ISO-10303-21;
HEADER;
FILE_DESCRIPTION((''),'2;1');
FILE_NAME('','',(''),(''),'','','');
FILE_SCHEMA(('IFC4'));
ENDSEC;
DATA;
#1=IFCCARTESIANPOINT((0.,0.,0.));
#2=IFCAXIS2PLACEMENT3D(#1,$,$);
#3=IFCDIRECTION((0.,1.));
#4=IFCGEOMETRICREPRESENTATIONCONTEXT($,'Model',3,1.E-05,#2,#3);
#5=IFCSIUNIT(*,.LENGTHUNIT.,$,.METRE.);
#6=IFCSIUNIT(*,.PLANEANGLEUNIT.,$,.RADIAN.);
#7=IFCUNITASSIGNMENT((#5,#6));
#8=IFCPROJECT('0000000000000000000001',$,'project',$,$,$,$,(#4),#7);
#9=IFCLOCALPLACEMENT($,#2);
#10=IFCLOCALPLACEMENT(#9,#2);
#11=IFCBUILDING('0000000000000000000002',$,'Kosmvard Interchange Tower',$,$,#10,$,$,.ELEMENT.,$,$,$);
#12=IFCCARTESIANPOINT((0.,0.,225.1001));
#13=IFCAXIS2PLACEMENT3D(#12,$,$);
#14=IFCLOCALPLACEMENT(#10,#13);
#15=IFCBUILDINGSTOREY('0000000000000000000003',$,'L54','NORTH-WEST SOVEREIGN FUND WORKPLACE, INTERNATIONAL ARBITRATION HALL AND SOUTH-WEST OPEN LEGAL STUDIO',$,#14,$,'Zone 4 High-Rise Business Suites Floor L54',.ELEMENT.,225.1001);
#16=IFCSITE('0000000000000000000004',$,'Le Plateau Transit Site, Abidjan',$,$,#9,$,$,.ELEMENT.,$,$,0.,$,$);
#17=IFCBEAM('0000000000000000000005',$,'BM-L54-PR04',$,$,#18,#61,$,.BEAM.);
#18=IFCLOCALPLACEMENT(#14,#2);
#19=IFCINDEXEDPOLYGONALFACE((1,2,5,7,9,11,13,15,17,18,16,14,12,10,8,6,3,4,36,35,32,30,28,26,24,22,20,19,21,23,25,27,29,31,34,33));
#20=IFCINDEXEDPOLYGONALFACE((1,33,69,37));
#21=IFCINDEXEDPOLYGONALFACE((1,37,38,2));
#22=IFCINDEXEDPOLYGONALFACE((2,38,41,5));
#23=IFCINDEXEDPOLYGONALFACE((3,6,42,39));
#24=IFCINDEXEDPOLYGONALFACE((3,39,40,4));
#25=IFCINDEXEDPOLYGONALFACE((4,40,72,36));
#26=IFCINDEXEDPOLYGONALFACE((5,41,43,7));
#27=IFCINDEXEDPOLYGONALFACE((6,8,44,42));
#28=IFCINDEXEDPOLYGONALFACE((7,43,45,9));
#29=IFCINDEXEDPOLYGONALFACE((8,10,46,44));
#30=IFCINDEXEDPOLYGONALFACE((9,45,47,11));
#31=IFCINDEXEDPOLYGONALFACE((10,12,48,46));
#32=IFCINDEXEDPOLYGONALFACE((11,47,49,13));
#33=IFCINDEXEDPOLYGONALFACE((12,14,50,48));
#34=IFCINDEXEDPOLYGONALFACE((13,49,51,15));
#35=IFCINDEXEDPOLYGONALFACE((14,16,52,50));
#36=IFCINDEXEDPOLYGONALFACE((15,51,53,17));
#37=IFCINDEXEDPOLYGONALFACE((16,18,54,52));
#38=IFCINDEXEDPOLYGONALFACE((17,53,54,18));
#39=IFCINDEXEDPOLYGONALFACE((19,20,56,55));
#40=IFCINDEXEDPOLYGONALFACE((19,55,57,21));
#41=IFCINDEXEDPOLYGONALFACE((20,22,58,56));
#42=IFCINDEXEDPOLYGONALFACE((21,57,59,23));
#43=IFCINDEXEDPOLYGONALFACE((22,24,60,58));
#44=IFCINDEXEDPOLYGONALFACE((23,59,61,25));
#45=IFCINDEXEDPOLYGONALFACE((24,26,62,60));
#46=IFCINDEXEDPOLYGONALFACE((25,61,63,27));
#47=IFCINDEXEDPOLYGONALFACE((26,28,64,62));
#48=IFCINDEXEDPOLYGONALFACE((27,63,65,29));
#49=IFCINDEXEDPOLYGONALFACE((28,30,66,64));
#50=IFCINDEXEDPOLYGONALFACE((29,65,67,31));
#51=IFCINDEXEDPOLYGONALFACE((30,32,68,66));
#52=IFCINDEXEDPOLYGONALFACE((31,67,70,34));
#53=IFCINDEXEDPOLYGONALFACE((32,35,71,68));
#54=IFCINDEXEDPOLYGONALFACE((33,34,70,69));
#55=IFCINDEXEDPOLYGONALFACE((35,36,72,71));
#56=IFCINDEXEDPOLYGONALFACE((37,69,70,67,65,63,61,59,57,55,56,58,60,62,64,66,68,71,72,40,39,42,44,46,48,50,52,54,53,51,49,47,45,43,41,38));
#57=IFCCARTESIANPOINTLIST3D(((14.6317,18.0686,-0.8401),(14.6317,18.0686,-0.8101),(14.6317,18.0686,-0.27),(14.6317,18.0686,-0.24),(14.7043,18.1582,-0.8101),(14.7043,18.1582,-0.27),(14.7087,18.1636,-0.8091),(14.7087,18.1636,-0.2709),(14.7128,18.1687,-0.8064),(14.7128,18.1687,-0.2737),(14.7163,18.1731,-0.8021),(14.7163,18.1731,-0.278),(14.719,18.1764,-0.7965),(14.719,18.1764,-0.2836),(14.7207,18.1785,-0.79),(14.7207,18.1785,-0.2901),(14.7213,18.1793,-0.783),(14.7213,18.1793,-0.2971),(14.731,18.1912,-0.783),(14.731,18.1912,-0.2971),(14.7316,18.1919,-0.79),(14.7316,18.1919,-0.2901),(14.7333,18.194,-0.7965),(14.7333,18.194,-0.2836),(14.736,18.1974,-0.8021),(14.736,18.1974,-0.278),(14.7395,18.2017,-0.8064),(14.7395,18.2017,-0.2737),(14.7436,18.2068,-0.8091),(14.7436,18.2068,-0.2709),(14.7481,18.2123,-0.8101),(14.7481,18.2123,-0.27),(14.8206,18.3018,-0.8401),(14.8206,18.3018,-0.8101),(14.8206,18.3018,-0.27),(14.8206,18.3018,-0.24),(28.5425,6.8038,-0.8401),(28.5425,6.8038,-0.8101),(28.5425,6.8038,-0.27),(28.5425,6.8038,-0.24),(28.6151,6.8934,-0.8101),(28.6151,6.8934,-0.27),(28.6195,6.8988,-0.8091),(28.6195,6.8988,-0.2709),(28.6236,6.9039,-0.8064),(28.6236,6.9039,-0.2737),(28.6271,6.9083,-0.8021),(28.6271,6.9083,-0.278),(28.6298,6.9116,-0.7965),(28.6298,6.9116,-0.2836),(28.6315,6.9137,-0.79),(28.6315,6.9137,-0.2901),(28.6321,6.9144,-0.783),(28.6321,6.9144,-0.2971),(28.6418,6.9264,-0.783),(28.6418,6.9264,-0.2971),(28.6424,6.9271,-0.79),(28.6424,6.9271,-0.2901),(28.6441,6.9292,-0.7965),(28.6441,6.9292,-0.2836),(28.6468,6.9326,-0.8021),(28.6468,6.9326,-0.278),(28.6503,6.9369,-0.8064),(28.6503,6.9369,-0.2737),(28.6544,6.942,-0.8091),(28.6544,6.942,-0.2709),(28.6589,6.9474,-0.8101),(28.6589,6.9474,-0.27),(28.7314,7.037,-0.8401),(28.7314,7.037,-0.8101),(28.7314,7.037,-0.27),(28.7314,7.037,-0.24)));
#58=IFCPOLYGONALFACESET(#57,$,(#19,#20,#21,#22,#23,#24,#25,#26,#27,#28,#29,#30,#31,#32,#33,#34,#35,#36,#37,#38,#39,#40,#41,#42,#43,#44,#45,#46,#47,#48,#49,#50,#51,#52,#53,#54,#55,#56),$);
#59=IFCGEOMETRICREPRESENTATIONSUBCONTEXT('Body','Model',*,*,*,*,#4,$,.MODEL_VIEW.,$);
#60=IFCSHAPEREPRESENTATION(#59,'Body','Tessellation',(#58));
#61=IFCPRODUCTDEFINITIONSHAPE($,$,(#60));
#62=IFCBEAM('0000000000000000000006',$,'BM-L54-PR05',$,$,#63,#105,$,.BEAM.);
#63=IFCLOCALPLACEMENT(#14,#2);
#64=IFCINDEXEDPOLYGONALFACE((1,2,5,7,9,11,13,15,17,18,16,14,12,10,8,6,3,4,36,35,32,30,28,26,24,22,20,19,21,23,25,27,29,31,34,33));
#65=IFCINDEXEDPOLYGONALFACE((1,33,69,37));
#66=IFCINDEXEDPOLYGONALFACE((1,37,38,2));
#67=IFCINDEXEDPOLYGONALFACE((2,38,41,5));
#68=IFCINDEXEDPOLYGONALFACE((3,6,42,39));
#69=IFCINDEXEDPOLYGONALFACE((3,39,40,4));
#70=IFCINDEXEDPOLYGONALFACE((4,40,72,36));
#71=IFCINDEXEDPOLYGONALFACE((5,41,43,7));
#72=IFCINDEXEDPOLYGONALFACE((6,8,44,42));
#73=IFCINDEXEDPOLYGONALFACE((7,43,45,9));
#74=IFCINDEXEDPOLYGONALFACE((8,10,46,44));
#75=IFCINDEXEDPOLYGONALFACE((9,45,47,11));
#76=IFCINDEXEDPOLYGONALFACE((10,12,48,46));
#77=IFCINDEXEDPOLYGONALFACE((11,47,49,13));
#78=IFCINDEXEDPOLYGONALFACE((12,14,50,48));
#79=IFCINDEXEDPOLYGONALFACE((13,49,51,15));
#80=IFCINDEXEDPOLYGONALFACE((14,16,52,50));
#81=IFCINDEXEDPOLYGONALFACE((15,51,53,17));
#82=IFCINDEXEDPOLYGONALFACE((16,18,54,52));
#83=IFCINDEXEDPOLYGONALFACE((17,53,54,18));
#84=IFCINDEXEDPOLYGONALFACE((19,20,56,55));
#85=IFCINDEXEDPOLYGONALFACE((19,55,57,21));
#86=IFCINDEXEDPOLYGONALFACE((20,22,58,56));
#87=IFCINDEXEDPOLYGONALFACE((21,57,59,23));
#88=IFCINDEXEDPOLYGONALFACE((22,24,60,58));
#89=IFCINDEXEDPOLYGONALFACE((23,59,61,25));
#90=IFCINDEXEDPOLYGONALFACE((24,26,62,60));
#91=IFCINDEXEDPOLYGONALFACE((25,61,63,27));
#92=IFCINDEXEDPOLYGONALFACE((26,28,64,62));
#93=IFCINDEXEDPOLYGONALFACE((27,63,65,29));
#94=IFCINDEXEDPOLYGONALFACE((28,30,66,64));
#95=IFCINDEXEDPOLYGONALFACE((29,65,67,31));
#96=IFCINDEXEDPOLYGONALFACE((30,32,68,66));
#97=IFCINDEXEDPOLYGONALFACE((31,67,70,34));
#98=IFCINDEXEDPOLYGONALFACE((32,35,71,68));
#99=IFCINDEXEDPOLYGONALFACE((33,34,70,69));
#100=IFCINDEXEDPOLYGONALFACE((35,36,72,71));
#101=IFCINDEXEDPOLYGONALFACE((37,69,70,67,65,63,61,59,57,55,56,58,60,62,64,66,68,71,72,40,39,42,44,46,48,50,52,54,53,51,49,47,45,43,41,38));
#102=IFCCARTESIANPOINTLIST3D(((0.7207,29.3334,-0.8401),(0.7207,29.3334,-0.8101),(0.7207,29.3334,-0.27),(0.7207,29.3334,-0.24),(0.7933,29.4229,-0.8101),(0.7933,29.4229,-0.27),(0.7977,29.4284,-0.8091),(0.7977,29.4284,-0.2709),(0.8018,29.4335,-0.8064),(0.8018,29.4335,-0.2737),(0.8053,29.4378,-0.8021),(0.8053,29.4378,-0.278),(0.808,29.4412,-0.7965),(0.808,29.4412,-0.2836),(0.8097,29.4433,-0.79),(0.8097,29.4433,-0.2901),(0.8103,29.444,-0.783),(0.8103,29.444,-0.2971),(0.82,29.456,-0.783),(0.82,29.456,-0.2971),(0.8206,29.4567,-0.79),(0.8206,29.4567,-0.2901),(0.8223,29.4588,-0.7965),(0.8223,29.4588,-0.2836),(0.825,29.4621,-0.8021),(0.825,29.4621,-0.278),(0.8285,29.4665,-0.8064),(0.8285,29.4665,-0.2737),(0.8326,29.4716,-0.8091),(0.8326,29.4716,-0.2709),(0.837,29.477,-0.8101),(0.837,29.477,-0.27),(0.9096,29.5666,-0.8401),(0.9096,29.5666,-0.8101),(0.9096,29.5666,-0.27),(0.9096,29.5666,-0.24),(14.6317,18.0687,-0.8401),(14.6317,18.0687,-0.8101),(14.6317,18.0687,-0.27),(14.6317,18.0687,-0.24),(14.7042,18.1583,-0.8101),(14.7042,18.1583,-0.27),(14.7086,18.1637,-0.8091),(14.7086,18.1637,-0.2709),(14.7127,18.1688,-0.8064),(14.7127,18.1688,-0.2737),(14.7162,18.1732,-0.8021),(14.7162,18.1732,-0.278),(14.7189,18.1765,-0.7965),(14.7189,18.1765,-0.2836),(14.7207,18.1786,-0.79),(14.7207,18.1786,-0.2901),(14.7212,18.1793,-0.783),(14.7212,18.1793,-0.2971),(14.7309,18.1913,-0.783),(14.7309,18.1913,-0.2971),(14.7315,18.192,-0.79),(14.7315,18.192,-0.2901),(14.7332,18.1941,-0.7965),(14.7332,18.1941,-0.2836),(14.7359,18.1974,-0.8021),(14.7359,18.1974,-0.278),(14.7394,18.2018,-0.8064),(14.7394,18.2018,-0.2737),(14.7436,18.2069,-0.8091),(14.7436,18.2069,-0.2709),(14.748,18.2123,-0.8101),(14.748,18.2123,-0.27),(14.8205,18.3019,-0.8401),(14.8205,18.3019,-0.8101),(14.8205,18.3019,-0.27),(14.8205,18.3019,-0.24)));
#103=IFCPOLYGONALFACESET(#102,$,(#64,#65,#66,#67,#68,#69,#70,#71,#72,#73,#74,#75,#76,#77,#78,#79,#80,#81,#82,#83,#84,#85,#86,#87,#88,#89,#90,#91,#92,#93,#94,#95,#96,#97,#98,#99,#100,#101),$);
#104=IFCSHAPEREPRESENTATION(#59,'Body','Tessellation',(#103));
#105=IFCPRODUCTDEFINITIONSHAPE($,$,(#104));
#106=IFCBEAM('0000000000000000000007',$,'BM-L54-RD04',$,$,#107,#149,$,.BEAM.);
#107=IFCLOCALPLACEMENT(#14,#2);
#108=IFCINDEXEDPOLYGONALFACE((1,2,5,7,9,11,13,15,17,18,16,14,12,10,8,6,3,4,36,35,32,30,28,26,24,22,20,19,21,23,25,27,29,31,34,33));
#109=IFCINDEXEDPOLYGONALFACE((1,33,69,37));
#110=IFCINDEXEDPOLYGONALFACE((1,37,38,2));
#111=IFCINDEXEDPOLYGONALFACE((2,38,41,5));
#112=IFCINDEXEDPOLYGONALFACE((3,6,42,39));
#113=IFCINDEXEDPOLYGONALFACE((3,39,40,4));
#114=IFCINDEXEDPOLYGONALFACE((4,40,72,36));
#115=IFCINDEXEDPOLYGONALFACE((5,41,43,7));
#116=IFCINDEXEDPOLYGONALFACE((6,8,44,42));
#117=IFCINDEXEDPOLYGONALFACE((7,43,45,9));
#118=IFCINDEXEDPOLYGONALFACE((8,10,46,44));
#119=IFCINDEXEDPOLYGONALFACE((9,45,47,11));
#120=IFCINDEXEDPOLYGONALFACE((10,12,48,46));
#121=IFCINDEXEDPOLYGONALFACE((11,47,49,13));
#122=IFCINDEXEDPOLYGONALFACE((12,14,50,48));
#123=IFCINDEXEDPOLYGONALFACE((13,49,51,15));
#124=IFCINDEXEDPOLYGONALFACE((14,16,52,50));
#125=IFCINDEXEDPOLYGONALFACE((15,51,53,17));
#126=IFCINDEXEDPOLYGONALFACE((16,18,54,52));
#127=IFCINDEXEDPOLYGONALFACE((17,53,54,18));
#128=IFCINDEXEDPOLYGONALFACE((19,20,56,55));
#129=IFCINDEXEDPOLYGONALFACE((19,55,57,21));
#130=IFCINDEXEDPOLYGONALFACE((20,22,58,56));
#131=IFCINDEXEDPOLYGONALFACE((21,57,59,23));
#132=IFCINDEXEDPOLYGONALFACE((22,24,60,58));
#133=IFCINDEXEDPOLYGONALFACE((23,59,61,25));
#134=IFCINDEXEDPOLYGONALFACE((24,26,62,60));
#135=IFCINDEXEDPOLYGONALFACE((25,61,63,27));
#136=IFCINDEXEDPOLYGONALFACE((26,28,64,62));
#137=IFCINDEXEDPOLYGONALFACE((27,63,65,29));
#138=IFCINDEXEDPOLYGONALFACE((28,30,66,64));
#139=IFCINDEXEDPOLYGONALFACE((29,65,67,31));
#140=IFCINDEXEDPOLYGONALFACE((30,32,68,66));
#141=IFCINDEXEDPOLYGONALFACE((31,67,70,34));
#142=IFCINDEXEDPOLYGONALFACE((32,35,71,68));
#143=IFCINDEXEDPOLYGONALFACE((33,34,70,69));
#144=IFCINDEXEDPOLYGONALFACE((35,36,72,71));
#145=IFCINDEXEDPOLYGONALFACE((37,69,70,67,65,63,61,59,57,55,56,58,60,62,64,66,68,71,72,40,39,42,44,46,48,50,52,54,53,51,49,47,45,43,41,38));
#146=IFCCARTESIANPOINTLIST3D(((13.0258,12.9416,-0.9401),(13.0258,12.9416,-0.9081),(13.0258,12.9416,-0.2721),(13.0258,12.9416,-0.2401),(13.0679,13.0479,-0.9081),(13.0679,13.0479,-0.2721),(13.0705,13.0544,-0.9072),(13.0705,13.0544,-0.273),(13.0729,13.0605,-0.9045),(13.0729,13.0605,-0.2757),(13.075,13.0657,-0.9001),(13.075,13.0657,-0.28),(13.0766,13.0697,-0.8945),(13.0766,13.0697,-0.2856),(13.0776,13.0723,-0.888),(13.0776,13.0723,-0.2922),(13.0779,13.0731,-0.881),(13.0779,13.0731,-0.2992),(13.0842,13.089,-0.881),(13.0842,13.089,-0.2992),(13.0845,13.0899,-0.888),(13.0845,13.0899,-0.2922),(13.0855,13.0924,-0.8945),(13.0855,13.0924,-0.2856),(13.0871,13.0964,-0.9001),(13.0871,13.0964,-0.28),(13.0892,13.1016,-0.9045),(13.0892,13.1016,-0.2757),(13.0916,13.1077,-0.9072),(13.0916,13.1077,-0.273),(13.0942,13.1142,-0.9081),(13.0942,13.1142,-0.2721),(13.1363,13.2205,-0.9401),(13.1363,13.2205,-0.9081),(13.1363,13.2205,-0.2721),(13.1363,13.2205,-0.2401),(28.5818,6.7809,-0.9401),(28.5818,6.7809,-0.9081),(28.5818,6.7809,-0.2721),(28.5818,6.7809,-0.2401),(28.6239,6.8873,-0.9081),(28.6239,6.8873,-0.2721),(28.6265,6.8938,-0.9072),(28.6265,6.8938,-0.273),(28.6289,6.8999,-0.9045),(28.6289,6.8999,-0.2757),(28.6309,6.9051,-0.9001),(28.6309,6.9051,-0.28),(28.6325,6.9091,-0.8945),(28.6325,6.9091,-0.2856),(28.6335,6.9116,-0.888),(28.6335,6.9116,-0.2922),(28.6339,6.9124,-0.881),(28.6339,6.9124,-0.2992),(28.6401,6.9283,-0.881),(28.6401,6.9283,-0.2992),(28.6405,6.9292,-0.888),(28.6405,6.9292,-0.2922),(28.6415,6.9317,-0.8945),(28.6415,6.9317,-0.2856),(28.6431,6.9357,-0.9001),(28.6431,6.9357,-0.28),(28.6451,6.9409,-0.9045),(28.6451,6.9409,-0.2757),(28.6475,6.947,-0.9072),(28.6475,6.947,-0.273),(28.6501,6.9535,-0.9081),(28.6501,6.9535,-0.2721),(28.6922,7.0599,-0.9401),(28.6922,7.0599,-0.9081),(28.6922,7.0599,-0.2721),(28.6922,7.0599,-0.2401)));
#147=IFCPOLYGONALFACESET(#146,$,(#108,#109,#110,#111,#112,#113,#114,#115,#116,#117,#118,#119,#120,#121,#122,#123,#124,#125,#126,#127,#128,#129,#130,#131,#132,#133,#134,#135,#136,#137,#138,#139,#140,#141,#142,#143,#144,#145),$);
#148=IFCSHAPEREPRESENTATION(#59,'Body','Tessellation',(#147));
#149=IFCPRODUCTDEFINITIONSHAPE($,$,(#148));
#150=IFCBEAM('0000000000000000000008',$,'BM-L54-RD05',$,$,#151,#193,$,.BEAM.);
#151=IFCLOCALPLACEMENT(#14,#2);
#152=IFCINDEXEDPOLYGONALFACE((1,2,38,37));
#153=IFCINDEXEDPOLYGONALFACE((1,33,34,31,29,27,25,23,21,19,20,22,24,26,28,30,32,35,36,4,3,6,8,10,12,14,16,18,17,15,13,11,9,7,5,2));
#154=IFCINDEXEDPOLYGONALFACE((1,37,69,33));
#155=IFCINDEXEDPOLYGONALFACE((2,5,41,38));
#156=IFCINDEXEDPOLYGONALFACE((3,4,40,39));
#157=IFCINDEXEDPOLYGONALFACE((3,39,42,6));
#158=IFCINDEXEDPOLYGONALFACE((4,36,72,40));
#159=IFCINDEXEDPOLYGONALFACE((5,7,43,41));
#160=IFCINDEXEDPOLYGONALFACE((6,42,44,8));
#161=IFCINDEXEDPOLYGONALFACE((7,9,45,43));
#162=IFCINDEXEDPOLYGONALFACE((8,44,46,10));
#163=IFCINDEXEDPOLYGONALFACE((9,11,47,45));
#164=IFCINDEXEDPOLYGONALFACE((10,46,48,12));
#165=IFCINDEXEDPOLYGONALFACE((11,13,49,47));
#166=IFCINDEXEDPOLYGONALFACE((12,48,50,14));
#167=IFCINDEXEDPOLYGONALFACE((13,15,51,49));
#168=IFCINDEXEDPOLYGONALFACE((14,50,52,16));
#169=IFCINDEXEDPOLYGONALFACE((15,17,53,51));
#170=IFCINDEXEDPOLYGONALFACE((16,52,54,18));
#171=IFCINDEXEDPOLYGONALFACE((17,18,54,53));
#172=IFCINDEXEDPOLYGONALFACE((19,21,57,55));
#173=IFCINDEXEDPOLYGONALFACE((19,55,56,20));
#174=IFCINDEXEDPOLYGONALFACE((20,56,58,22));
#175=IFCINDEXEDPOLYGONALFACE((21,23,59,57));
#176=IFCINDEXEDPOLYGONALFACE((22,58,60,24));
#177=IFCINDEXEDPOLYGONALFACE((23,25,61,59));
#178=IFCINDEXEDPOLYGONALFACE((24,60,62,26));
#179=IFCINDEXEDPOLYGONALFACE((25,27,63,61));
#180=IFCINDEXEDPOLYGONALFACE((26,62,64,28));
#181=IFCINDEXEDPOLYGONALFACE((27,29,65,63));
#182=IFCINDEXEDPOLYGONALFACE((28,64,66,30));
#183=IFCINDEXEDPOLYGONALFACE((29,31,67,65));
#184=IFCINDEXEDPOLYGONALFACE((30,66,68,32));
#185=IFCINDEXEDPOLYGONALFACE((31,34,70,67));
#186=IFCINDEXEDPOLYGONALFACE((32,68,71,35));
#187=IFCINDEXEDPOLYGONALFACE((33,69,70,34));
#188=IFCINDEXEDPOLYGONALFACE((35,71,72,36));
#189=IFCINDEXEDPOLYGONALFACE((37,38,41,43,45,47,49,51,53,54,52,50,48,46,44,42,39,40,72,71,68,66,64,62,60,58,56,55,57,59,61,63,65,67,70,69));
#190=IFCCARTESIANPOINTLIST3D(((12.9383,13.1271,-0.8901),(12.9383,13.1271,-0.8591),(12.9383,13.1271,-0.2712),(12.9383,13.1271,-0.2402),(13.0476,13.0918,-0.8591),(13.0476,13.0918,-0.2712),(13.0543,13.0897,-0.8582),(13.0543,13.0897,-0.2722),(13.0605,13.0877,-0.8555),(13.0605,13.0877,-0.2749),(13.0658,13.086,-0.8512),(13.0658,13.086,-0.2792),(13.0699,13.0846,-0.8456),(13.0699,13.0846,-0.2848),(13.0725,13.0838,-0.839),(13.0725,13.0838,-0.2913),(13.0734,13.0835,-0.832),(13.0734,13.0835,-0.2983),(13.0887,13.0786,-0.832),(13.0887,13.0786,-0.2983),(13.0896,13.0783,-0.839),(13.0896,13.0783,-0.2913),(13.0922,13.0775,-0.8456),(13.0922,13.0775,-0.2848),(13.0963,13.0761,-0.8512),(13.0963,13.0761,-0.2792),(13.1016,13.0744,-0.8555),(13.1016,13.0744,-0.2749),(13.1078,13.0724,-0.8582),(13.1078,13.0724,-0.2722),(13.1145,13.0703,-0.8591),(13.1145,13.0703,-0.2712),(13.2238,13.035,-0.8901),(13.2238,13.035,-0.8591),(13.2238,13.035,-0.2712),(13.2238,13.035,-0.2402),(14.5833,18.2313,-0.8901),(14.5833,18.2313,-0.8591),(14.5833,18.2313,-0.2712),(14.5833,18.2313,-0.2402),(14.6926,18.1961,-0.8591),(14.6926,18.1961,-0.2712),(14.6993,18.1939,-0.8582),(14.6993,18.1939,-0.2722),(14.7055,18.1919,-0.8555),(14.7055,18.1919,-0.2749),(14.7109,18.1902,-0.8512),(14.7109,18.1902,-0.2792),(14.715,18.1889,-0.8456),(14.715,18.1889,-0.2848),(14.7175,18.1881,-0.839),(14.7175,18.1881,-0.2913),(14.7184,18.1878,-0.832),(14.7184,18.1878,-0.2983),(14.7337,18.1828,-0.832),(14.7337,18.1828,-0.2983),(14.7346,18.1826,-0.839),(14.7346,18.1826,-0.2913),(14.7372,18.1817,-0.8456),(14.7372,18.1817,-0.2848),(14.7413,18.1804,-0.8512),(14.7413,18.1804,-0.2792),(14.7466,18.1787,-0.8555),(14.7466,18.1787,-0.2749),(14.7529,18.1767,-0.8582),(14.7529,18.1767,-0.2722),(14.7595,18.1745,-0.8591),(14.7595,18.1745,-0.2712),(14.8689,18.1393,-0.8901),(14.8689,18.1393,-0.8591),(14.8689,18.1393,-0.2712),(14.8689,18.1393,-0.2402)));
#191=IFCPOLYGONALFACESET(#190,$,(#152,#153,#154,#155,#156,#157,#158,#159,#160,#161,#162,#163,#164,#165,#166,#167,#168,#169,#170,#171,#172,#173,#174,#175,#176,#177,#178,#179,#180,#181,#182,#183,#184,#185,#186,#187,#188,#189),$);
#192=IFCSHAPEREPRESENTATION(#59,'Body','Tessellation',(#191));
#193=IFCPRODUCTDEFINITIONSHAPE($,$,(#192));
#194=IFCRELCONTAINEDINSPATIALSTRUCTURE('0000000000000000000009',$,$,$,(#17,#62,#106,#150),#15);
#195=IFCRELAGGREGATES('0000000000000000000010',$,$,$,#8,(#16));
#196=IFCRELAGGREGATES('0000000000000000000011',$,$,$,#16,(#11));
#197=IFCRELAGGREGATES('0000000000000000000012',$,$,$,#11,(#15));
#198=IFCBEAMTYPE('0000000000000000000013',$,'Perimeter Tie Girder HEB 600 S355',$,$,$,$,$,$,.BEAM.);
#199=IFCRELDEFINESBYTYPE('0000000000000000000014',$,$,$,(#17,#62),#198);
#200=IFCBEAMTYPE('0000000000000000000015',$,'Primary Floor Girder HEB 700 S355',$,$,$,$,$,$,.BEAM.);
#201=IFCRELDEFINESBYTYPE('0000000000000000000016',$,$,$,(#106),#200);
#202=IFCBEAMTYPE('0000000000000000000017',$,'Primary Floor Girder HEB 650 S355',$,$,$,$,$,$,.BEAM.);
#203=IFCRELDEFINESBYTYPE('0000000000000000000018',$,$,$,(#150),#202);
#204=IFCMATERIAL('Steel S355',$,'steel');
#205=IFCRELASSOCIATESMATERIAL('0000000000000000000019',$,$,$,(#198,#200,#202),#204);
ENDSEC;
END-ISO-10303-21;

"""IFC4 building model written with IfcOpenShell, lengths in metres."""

from ifc_helpers import new_model, si_unit, direction, frame, origin, origin_2d, place, context, subcontext, project, spatial, i_section, extrude, source, transform, mapped, material, material_profile, profile_set, type_object, element, save


model = new_model("IFC4")

# Units and contexts
model_context = context("Model", 3, precision=1e-05, world=origin(), true_north=direction((0.0, 1.0)))
body_context = subcontext(model_context, "Body", "Model", "MODEL_VIEW")
ifc_project = project(units=[si_unit("LENGTHUNIT", "METRE"), si_unit("PLANEANGLEUNIT", "RADIAN")], contexts=[model_context])

# Site, building, storey
site_placement = place(None, origin())
site = spatial("IfcSite", under=ifc_project, at=site_placement, Name="Le Plateau Transit Site, Abidjan", CompositionType="ELEMENT", RefElevation=0.0)
building_placement = place(site_placement, origin())
building = spatial("IfcBuilding", under=site, at=building_placement, Name="Kosmvard Interchange Tower", CompositionType="ELEMENT")
storey_placement = place(building_placement, frame((0.0, 0.0, 225.1001)))
storey = spatial("IfcBuildingStorey", under=building, at=storey_placement, Name="L54", Description="NORTH-WEST SOVEREIGN FUND WORKPLACE, INTERNATIONAL ARBITRATION HALL AND SOUTH-WEST OPEN LEGAL STUDIO", LongName="Zone 4 High-Rise Business Suites Floor L54", CompositionType="ELEMENT", Elevation=225.1001)

# Beams
ifc_material_1 = material(Name="Steel S355", Category="steel")
ifc_material_profile_1 = material_profile(ifc_material_1, i_section(OverallWidth=0.3, OverallDepth=0.6001, WebThickness=0.0154, FlangeThickness=0.03, FilletRadius=0.0271, at=origin_2d()), Name="HEB 600")
ifc_profile_set_1 = profile_set([ifc_material_profile_1], Name="Steel S355")
beam_type_1 = type_object("IfcBeamType", Name="Perimeter Tie Girder HEB 600 S355", PredefinedType="BEAM", material=ifc_profile_set_1)
shared_shape_1 = source(origin(), body_context, "Body", "SweptSolid", [
    extrude(i_section(OverallWidth=0.3, OverallDepth=0.6001, WebThickness=0.0154, FlangeThickness=0.03, FilletRadius=0.0271, at=origin_2d()), origin(), (0.0, 0.0, 1.0), 17.8999),
])
for number, where, z_axis, x_axis, name in (
    (1, (28.637, 6.9204, -0.54), (-0.777144, 0.629323, 0.0), (-0.629323, -0.777144, 0.0), "BM-L54-PR04"),
    (2, (14.7261, 18.1853, -0.54), (-0.777151, 0.629315, 0.0), (-0.629315, -0.777151, 0.0), "BM-L54-PR05"),
):
    element("IfcBeam", number, at=place(storey_placement, frame(where, z_axis=z_axis, x_axis=x_axis)), inside=storey, type_object=beam_type_1, Name=name, PredefinedType="BEAM", context=body_context, shape_type="MappedRepresentation", body=[
        mapped(shared_shape_1, transform((0.0, 0.0, 0.0), scale=1.0)),
    ])
ifc_material_profile_2 = material_profile(ifc_material_1, i_section(OverallWidth=0.3, OverallDepth=0.7, WebThickness=0.0171, FlangeThickness=0.032, FilletRadius=0.0271, at=origin_2d()), Name="HEB 700")
ifc_profile_set_2 = profile_set([ifc_material_profile_2], Name="Steel S355")
beam_type_2 = type_object("IfcBeamType", Name="Primary Floor Girder HEB 700 S355", PredefinedType="BEAM", material=ifc_profile_set_2)
shared_shape_2 = source(origin(), body_context, "Body", "SweptSolid", [
    extrude(i_section(OverallWidth=0.3, OverallDepth=0.7, WebThickness=0.0171, FlangeThickness=0.032, FilletRadius=0.0271, at=origin_2d()), origin(), (0.0, 0.0, 1.0), 16.7314),
])
beam_1_placement = place(storey_placement, frame((13.0811, 13.0811, -0.5901), z_axis=(0.929743, -0.368209, 0.0), x_axis=(0.368209, 0.929743, 0.0)))
element("IfcBeam", 3, at=beam_1_placement, inside=storey, type_object=beam_type_2, Name="BM-L54-RD04", PredefinedType="BEAM", context=body_context, shape_type="MappedRepresentation", body=[
    mapped(shared_shape_2, transform((0.0, 0.0, 0.0), scale=1.0)),
])
ifc_material_profile_3 = material_profile(ifc_material_1, i_section(OverallWidth=0.3, OverallDepth=0.6499, WebThickness=0.0161, FlangeThickness=0.031, FilletRadius=0.0271, at=origin_2d()), Name="HEB 650")
ifc_profile_set_3 = profile_set([ifc_material_profile_3], Name="Steel S355")
beam_type_3 = type_object("IfcBeamType", Name="Primary Floor Girder HEB 650 S355", PredefinedType="BEAM", material=ifc_profile_set_3)
shared_shape_3 = source(origin(), body_context, "Body", "SweptSolid", [
    extrude(i_section(OverallWidth=0.3, OverallDepth=0.6499, WebThickness=0.0161, FlangeThickness=0.031, FilletRadius=0.0271, at=origin_2d()), origin(), (0.0, 0.0, 1.0), 5.3628),
])
beam_2_placement = place(storey_placement, frame((13.0811, 13.0811, -0.5652), z_axis=(0.306747, 0.951791, 0.0), x_axis=(-0.951791, 0.306747, 0.0)))
element("IfcBeam", 4, at=beam_2_placement, inside=storey, type_object=beam_type_3, Name="BM-L54-RD05", PredefinedType="BEAM", context=body_context, shape_type="MappedRepresentation", body=[
    mapped(shared_shape_3, transform((0.0, 0.0, 0.0), scale=1.0)),
])

save(model, "model.ifc")
